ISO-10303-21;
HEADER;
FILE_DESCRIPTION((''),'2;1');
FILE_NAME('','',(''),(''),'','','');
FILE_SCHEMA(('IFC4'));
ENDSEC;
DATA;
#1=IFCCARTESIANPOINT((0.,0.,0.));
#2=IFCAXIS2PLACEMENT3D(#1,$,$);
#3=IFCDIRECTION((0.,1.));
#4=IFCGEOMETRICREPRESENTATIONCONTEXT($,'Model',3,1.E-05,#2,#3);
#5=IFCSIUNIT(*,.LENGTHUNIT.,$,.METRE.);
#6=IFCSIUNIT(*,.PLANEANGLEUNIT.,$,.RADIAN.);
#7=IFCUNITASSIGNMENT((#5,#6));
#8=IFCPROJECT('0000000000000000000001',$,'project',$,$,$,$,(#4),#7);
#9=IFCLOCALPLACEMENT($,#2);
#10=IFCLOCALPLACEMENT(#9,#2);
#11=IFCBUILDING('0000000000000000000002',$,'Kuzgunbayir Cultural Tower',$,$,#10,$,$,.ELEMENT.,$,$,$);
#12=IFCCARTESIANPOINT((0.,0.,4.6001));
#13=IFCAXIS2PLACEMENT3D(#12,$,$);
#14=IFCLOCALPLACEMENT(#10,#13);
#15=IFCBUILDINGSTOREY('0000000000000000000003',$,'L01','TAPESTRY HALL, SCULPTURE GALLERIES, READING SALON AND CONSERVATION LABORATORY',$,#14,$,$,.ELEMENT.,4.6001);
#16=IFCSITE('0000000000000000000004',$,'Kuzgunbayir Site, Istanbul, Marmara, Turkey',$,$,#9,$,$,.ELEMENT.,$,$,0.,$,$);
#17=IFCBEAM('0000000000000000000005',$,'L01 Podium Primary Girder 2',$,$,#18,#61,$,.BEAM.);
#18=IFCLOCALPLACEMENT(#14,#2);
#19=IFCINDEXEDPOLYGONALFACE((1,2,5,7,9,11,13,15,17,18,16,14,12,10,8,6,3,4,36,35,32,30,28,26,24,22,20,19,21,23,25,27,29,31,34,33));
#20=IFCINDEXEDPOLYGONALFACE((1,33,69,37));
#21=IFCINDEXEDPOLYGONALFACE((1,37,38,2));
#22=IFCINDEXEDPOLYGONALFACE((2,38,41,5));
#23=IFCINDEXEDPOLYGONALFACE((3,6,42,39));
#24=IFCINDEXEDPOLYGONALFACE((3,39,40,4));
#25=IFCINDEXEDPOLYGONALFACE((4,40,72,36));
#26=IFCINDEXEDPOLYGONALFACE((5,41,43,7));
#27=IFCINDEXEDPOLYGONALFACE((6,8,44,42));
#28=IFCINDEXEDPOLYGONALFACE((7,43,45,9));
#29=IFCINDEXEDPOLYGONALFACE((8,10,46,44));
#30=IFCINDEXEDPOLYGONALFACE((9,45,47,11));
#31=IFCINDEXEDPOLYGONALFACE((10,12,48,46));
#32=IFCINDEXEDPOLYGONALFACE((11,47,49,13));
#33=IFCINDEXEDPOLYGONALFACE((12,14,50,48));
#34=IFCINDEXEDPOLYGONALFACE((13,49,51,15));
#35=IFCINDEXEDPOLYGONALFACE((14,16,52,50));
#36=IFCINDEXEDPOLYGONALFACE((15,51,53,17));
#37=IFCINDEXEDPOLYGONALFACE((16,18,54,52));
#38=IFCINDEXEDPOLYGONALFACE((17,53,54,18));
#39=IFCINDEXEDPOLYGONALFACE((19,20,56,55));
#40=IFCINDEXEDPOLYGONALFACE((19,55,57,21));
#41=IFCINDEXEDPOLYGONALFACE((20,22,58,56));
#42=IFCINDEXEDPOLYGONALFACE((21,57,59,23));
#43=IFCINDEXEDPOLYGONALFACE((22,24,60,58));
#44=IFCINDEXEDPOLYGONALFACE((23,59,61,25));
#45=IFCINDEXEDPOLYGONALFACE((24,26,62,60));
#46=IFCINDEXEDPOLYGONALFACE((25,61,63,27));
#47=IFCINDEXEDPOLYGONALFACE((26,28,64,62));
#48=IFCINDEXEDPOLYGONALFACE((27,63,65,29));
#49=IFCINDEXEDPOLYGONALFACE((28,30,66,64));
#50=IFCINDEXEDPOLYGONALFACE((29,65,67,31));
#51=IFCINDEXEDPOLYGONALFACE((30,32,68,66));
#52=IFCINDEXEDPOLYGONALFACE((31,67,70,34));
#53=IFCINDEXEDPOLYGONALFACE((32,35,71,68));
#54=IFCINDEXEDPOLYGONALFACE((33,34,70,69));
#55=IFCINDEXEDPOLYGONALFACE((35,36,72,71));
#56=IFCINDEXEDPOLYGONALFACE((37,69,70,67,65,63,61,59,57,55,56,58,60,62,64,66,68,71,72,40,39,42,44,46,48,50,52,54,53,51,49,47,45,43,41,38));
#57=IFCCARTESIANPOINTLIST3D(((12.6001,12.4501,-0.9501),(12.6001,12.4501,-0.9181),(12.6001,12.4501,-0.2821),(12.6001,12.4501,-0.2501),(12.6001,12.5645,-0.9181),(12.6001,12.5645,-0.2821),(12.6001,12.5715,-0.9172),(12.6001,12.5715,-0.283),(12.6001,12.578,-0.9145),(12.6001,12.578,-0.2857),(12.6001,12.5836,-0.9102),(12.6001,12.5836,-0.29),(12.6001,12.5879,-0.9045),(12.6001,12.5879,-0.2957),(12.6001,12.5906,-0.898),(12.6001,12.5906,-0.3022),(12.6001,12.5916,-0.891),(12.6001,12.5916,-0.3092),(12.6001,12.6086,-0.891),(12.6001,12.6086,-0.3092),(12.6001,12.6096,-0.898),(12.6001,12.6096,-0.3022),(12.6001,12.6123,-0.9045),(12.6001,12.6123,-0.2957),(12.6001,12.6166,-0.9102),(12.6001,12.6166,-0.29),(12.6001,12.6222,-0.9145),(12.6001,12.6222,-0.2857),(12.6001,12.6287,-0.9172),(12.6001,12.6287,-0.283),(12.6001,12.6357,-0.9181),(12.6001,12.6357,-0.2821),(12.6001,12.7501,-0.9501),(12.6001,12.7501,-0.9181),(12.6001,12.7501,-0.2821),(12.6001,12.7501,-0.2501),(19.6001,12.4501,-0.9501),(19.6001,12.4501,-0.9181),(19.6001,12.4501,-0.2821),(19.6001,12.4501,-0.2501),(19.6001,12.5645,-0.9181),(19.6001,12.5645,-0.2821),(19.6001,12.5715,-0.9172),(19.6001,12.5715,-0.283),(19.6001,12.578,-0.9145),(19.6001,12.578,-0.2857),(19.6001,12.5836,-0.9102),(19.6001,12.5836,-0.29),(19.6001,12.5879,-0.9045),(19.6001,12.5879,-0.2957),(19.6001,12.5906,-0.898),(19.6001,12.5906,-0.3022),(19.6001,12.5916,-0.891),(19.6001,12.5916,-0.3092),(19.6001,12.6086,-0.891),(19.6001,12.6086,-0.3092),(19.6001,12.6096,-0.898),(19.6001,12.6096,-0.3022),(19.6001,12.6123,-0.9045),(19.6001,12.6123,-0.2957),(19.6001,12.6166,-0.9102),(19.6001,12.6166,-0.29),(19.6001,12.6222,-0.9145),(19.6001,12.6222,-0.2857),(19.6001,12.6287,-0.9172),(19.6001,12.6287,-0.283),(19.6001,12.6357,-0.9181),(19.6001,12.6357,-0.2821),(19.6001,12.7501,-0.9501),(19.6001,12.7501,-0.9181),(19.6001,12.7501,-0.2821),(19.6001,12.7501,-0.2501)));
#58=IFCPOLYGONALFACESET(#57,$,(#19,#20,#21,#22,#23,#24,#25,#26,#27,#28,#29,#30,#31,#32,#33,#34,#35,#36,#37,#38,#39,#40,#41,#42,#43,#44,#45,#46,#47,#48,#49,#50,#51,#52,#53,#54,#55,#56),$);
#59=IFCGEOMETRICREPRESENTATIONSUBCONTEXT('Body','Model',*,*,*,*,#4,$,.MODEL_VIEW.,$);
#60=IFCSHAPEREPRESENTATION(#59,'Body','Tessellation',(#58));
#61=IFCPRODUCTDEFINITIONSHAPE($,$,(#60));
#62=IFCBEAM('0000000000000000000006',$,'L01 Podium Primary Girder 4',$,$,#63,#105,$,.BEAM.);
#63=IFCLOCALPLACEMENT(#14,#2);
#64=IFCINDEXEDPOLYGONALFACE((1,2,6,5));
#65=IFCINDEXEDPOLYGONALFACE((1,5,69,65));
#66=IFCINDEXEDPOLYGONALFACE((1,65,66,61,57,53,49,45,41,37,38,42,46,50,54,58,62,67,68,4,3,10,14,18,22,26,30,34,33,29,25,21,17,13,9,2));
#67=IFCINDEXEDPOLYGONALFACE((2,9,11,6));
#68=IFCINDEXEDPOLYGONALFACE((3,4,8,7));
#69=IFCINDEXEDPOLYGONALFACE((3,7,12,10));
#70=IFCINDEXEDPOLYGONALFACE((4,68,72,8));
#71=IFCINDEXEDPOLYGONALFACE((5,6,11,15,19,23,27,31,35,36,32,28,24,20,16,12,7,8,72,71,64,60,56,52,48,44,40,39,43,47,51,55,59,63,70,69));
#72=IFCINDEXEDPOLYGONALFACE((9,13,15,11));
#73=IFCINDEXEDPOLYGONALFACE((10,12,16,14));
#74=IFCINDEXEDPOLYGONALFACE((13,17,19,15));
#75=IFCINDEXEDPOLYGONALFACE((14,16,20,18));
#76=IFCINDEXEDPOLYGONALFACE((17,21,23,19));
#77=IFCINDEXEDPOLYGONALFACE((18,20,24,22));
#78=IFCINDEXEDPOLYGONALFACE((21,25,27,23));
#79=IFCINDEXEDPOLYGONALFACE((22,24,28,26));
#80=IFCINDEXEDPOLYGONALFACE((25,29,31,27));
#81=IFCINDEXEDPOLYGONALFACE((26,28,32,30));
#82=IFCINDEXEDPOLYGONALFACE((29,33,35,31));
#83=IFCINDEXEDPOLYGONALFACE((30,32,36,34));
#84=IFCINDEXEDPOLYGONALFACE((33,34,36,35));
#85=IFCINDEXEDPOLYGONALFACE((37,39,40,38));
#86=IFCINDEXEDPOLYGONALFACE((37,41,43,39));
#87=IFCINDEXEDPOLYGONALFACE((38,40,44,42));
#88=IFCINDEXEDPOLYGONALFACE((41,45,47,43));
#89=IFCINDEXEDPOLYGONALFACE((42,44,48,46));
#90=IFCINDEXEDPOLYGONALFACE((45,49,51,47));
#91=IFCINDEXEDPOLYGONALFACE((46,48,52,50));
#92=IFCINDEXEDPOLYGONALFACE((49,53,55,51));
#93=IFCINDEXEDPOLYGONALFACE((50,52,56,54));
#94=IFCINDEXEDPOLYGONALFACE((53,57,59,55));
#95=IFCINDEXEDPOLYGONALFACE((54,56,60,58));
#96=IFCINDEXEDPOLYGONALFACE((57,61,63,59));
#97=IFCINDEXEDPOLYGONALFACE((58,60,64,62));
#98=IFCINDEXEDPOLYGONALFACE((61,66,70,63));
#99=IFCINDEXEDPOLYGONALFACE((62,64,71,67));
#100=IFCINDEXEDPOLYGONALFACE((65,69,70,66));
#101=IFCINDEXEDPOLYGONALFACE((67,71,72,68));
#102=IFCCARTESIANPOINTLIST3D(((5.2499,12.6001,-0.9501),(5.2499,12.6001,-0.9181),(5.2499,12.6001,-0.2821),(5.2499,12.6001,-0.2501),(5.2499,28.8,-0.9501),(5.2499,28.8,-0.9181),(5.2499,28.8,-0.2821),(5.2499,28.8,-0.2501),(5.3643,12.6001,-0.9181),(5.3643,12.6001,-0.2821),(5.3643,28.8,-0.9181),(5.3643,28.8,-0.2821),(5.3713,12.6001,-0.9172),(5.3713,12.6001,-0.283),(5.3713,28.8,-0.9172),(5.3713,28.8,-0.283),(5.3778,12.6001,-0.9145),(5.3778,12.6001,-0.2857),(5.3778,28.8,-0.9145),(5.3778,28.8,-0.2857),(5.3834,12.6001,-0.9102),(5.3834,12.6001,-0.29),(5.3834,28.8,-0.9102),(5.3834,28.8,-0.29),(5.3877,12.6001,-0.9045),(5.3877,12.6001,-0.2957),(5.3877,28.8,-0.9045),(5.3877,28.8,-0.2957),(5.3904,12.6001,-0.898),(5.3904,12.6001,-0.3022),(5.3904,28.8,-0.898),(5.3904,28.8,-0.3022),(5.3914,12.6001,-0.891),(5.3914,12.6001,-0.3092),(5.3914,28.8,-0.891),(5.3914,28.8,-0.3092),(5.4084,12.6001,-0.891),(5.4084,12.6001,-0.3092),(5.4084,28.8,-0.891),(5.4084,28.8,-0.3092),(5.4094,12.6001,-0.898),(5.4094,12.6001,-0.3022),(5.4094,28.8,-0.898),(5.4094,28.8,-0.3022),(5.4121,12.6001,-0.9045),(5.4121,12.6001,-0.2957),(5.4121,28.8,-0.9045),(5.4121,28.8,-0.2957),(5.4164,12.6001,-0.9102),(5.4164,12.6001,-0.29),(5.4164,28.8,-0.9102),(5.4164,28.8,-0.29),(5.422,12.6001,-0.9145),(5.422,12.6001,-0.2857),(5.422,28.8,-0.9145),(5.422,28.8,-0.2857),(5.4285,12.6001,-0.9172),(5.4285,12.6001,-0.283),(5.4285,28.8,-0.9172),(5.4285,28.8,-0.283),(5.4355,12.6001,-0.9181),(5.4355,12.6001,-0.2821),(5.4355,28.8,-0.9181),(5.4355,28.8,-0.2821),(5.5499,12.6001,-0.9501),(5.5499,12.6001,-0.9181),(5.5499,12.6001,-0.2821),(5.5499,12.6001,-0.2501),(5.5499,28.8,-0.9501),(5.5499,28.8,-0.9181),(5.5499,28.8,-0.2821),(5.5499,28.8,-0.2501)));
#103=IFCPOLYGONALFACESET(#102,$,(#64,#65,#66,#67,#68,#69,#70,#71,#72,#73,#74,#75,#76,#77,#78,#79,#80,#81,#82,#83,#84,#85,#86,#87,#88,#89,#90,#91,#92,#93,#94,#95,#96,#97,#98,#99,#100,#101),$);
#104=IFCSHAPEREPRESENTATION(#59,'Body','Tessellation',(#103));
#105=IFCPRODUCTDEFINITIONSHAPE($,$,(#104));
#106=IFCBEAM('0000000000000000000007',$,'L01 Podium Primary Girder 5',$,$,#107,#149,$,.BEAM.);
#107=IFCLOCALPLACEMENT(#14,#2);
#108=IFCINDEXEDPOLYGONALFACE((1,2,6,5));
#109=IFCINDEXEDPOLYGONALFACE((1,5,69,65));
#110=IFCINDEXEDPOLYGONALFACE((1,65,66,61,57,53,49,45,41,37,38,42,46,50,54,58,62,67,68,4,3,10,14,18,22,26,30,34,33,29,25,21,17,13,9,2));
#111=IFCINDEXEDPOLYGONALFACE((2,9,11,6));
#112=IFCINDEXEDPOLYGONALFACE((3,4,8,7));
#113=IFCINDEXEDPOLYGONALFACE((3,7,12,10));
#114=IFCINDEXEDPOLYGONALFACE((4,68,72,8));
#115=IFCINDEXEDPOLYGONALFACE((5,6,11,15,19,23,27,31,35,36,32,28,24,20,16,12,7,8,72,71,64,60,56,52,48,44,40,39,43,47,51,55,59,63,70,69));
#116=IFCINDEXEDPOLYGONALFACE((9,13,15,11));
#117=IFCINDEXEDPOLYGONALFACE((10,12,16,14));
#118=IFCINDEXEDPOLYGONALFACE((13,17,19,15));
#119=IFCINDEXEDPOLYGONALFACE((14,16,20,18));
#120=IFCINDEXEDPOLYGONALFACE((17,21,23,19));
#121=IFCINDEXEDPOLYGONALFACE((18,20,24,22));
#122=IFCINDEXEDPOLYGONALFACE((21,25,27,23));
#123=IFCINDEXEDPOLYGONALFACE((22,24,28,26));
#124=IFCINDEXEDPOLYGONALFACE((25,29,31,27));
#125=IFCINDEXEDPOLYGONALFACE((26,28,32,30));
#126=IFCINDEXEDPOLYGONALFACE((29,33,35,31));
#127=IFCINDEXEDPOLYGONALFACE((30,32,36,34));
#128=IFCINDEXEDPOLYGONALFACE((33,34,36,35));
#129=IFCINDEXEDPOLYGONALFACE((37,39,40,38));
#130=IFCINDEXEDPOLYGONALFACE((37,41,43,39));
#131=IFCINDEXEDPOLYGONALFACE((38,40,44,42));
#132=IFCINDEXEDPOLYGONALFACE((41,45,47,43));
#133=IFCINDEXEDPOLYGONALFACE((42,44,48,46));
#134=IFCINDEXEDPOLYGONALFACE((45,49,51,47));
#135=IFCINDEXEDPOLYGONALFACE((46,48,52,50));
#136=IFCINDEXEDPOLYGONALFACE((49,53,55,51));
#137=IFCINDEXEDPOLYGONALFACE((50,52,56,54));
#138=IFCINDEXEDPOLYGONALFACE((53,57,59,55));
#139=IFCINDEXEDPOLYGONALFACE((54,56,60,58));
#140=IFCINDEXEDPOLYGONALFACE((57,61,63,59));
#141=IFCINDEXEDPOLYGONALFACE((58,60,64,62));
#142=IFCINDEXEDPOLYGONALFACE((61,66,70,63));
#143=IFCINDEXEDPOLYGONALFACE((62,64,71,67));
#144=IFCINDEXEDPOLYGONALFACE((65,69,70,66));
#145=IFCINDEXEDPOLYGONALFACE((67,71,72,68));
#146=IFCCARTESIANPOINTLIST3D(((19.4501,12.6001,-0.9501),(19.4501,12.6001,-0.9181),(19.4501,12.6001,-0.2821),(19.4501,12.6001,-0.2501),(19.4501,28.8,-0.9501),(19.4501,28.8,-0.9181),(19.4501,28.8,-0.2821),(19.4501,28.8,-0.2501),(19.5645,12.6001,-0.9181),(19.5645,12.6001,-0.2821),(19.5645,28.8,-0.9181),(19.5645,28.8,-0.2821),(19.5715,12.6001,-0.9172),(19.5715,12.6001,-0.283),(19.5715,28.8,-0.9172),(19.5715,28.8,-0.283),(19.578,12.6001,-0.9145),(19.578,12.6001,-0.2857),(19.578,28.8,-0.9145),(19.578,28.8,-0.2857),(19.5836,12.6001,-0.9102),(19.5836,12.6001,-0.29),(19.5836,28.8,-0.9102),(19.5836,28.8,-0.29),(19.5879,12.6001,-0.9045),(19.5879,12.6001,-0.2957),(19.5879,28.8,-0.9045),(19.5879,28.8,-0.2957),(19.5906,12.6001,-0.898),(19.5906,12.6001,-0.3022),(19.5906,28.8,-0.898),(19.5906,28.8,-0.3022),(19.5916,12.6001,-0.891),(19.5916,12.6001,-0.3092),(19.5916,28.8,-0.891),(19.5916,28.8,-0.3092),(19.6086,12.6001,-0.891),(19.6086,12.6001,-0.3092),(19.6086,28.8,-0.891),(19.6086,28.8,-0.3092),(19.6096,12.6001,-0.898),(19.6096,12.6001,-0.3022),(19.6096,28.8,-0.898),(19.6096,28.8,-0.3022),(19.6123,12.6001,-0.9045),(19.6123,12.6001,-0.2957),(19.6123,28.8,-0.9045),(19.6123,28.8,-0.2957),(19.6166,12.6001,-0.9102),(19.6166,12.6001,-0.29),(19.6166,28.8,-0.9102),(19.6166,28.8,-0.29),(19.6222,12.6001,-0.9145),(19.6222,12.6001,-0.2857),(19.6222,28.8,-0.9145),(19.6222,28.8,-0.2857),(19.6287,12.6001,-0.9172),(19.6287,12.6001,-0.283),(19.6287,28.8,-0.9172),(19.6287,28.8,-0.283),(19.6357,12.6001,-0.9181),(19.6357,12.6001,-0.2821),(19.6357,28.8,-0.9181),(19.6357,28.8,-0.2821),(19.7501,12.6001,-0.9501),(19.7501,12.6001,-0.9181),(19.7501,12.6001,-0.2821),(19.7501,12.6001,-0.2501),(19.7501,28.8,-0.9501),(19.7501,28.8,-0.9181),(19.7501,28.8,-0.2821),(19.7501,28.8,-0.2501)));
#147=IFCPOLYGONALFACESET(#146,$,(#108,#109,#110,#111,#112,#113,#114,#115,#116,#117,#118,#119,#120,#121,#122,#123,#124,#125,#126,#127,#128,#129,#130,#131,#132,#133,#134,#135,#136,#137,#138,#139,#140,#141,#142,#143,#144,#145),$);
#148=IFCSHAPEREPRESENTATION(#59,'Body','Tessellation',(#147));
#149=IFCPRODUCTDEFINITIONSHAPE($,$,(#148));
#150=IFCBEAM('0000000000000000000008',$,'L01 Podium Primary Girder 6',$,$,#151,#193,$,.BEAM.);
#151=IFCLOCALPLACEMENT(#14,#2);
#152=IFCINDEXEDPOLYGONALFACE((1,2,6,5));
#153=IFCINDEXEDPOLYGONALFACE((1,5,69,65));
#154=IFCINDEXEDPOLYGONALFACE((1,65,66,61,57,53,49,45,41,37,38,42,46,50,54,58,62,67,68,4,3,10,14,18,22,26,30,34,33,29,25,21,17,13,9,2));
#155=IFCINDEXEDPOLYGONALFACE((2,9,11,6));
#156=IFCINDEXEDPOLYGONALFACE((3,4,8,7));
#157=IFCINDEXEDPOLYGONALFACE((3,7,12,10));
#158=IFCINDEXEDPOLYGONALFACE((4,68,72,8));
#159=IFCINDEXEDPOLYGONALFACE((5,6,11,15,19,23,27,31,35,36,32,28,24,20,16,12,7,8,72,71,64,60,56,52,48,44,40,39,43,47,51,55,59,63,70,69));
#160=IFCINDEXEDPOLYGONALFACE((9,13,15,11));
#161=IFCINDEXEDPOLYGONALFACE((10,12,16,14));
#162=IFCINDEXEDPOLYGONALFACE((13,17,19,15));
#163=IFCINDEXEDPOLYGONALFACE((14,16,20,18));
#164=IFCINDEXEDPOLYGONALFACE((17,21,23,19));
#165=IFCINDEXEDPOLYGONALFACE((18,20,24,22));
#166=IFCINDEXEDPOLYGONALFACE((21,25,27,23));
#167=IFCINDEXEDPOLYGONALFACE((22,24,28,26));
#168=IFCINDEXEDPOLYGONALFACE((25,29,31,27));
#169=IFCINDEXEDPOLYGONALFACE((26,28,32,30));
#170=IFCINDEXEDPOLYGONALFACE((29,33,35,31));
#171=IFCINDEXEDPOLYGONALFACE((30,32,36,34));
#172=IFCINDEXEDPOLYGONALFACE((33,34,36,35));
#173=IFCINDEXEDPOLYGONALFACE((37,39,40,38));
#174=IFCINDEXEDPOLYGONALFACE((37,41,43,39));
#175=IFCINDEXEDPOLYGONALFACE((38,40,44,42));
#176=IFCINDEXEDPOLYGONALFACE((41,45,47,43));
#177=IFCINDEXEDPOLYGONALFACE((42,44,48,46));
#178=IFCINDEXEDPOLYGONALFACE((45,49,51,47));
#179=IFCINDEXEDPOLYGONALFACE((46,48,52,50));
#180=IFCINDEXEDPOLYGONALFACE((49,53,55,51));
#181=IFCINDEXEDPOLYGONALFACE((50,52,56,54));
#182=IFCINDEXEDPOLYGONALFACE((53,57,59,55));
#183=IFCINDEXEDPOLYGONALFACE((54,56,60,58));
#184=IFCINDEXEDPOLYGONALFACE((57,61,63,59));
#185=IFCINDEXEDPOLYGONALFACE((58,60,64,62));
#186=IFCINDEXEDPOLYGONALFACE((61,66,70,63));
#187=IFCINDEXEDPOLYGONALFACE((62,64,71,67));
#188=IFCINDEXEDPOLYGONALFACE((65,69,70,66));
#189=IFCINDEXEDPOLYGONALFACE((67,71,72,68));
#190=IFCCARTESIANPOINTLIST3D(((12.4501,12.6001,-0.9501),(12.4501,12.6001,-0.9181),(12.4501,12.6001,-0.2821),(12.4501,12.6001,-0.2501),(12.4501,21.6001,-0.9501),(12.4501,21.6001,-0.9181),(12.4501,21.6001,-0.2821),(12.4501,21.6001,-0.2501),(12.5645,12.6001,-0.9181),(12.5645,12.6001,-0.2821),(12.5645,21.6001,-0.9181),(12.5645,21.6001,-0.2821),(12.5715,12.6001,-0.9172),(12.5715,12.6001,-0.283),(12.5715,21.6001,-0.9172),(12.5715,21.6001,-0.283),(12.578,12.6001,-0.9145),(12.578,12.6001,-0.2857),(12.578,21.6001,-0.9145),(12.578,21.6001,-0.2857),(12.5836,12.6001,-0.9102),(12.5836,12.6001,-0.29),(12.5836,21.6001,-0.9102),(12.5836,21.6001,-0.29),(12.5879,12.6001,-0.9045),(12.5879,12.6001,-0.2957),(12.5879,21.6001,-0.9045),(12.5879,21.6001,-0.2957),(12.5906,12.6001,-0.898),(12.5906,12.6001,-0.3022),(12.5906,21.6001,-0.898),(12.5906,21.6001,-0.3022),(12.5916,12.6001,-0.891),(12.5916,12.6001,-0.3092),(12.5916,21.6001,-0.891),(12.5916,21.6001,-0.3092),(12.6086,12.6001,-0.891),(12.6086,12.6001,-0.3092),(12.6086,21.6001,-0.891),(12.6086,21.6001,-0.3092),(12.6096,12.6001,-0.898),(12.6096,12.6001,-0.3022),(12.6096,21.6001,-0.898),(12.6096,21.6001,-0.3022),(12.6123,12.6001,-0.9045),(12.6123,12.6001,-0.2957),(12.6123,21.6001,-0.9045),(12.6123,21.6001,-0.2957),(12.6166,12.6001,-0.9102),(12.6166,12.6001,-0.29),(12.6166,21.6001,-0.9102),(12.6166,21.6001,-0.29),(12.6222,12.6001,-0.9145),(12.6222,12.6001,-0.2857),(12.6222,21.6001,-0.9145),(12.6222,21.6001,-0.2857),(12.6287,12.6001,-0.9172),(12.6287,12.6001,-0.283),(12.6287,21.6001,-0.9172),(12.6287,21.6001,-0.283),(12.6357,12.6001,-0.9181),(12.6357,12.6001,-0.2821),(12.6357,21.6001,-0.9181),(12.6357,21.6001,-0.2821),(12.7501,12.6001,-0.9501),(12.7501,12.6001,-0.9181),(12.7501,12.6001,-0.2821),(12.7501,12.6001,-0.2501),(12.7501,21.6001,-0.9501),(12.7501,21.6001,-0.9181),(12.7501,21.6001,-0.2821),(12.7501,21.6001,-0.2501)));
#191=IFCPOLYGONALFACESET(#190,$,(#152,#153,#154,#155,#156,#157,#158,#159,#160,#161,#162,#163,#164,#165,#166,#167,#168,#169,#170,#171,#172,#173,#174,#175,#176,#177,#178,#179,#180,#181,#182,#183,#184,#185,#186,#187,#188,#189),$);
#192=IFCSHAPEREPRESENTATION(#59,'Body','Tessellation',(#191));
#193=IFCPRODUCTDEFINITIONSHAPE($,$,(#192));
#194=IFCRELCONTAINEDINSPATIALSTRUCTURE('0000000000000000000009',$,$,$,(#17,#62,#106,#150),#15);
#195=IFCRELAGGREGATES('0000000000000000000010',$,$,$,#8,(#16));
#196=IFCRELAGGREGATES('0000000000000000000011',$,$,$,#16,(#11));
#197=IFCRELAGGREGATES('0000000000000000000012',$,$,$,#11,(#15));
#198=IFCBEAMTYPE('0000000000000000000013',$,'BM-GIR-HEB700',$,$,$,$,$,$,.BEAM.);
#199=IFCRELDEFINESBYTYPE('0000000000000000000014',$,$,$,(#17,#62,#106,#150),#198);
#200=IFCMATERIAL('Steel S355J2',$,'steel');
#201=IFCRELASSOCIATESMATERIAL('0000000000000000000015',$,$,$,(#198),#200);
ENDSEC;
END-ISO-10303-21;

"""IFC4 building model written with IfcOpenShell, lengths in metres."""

from ifc_helpers import new_model, si_unit, direction, frame, origin, origin_2d, place, context, subcontext, project, spatial, i_section, extrude, material, material_profile, profile_set, type_object, element, save


model = new_model("IFC4")

# Units and contexts
model_context = context("Model", 3, precision=1e-05, world=origin(), true_north=direction((0.0, 1.0)))
body_context = subcontext(model_context, "Body", "Model", "MODEL_VIEW")
ifc_project = project(units=[si_unit("LENGTHUNIT", "METRE"), si_unit("PLANEANGLEUNIT", "RADIAN")], contexts=[model_context])

# Site, building, storey
site_placement = place(None, origin())
site = spatial("IfcSite", under=ifc_project, at=site_placement, Name="Kuzgunbayir Site, Istanbul, Marmara, Turkey", CompositionType="ELEMENT", RefElevation=0.0)
building_placement = place(site_placement, origin())
building = spatial("IfcBuilding", under=site, at=building_placement, Name="Kuzgunbayir Cultural Tower", CompositionType="ELEMENT")
storey_placement = place(building_placement, frame((0.0, 0.0, 4.6001)))
storey = spatial("IfcBuildingStorey", under=building, at=storey_placement, Name="L01", Description="TAPESTRY HALL, SCULPTURE GALLERIES, READING SALON AND CONSERVATION LABORATORY", CompositionType="ELEMENT", Elevation=4.6001)

# Beams
ifc_material_1 = material(Name="Steel S355J2", Category="steel")
ifc_material_profile_1 = material_profile(ifc_material_1, i_section(OverallWidth=0.3, OverallDepth=0.7, WebThickness=0.0171, FlangeThickness=0.032, FilletRadius=0.0271, at=origin_2d()), Name="HEB 700")
ifc_profile_set_1 = profile_set([ifc_material_profile_1], Name="Steel S355J2")
beam_type_1 = type_object("IfcBeamType", Name="BM-GIR-HEB700", PredefinedType="BEAM", material=ifc_profile_set_1)
beam_1_placement = place(storey_placement, frame((12.6001, 12.6001, -0.6001), z_axis=(1.0, 0.0, 0.0), x_axis=(0.0, 1.0, 0.0)))
element("IfcBeam", 1, at=beam_1_placement, inside=storey, type_object=beam_type_1, Name="L01 Podium Primary Girder 2", PredefinedType="BEAM", context=body_context, shape_type="SweptSolid", body=[
    extrude(i_section(OverallWidth=0.3, OverallDepth=0.7, WebThickness=0.0171, FlangeThickness=0.032, FilletRadius=0.0271, at=origin_2d()), origin(), (0.0, 0.0, 1.0), 7.0),
])
for number, where, z_axis, x_axis, name in (
    (2, (5.3999, 12.6001, -0.6001), (0.0, 1.0, 0.0), (-1.0, 0.0, 0.0), "L01 Podium Primary Girder 4"),
    (3, (19.6001, 12.6001, -0.6001), (0.0, 1.0, 0.0), (-1.0, 0.0, 0.0), "L01 Podium Primary Girder 5"),
):
    element("IfcBeam", number, at=place(storey_placement, frame(where, z_axis=z_axis, x_axis=x_axis)), inside=storey, type_object=beam_type_1, Name=name, PredefinedType="BEAM", context=body_context, shape_type="SweptSolid", body=[
        extrude(i_section(OverallWidth=0.3, OverallDepth=0.7, WebThickness=0.0171, FlangeThickness=0.032, FilletRadius=0.0271, at=origin_2d()), origin(), (0.0, 0.0, 1.0), 16.2),
    ])
beam_2_placement = place(storey_placement, frame((12.6001, 12.6001, -0.6001), z_axis=(0.0, 1.0, 0.0), x_axis=(-1.0, 0.0, 0.0)))
element("IfcBeam", 4, at=beam_2_placement, inside=storey, type_object=beam_type_1, Name="L01 Podium Primary Girder 6", PredefinedType="BEAM", context=body_context, shape_type="SweptSolid", body=[
    extrude(i_section(OverallWidth=0.3, OverallDepth=0.7, WebThickness=0.0171, FlangeThickness=0.032, FilletRadius=0.0271, at=origin_2d()), origin(), (0.0, 0.0, 1.0), 9.0),
])

save(model, "model.ifc")
